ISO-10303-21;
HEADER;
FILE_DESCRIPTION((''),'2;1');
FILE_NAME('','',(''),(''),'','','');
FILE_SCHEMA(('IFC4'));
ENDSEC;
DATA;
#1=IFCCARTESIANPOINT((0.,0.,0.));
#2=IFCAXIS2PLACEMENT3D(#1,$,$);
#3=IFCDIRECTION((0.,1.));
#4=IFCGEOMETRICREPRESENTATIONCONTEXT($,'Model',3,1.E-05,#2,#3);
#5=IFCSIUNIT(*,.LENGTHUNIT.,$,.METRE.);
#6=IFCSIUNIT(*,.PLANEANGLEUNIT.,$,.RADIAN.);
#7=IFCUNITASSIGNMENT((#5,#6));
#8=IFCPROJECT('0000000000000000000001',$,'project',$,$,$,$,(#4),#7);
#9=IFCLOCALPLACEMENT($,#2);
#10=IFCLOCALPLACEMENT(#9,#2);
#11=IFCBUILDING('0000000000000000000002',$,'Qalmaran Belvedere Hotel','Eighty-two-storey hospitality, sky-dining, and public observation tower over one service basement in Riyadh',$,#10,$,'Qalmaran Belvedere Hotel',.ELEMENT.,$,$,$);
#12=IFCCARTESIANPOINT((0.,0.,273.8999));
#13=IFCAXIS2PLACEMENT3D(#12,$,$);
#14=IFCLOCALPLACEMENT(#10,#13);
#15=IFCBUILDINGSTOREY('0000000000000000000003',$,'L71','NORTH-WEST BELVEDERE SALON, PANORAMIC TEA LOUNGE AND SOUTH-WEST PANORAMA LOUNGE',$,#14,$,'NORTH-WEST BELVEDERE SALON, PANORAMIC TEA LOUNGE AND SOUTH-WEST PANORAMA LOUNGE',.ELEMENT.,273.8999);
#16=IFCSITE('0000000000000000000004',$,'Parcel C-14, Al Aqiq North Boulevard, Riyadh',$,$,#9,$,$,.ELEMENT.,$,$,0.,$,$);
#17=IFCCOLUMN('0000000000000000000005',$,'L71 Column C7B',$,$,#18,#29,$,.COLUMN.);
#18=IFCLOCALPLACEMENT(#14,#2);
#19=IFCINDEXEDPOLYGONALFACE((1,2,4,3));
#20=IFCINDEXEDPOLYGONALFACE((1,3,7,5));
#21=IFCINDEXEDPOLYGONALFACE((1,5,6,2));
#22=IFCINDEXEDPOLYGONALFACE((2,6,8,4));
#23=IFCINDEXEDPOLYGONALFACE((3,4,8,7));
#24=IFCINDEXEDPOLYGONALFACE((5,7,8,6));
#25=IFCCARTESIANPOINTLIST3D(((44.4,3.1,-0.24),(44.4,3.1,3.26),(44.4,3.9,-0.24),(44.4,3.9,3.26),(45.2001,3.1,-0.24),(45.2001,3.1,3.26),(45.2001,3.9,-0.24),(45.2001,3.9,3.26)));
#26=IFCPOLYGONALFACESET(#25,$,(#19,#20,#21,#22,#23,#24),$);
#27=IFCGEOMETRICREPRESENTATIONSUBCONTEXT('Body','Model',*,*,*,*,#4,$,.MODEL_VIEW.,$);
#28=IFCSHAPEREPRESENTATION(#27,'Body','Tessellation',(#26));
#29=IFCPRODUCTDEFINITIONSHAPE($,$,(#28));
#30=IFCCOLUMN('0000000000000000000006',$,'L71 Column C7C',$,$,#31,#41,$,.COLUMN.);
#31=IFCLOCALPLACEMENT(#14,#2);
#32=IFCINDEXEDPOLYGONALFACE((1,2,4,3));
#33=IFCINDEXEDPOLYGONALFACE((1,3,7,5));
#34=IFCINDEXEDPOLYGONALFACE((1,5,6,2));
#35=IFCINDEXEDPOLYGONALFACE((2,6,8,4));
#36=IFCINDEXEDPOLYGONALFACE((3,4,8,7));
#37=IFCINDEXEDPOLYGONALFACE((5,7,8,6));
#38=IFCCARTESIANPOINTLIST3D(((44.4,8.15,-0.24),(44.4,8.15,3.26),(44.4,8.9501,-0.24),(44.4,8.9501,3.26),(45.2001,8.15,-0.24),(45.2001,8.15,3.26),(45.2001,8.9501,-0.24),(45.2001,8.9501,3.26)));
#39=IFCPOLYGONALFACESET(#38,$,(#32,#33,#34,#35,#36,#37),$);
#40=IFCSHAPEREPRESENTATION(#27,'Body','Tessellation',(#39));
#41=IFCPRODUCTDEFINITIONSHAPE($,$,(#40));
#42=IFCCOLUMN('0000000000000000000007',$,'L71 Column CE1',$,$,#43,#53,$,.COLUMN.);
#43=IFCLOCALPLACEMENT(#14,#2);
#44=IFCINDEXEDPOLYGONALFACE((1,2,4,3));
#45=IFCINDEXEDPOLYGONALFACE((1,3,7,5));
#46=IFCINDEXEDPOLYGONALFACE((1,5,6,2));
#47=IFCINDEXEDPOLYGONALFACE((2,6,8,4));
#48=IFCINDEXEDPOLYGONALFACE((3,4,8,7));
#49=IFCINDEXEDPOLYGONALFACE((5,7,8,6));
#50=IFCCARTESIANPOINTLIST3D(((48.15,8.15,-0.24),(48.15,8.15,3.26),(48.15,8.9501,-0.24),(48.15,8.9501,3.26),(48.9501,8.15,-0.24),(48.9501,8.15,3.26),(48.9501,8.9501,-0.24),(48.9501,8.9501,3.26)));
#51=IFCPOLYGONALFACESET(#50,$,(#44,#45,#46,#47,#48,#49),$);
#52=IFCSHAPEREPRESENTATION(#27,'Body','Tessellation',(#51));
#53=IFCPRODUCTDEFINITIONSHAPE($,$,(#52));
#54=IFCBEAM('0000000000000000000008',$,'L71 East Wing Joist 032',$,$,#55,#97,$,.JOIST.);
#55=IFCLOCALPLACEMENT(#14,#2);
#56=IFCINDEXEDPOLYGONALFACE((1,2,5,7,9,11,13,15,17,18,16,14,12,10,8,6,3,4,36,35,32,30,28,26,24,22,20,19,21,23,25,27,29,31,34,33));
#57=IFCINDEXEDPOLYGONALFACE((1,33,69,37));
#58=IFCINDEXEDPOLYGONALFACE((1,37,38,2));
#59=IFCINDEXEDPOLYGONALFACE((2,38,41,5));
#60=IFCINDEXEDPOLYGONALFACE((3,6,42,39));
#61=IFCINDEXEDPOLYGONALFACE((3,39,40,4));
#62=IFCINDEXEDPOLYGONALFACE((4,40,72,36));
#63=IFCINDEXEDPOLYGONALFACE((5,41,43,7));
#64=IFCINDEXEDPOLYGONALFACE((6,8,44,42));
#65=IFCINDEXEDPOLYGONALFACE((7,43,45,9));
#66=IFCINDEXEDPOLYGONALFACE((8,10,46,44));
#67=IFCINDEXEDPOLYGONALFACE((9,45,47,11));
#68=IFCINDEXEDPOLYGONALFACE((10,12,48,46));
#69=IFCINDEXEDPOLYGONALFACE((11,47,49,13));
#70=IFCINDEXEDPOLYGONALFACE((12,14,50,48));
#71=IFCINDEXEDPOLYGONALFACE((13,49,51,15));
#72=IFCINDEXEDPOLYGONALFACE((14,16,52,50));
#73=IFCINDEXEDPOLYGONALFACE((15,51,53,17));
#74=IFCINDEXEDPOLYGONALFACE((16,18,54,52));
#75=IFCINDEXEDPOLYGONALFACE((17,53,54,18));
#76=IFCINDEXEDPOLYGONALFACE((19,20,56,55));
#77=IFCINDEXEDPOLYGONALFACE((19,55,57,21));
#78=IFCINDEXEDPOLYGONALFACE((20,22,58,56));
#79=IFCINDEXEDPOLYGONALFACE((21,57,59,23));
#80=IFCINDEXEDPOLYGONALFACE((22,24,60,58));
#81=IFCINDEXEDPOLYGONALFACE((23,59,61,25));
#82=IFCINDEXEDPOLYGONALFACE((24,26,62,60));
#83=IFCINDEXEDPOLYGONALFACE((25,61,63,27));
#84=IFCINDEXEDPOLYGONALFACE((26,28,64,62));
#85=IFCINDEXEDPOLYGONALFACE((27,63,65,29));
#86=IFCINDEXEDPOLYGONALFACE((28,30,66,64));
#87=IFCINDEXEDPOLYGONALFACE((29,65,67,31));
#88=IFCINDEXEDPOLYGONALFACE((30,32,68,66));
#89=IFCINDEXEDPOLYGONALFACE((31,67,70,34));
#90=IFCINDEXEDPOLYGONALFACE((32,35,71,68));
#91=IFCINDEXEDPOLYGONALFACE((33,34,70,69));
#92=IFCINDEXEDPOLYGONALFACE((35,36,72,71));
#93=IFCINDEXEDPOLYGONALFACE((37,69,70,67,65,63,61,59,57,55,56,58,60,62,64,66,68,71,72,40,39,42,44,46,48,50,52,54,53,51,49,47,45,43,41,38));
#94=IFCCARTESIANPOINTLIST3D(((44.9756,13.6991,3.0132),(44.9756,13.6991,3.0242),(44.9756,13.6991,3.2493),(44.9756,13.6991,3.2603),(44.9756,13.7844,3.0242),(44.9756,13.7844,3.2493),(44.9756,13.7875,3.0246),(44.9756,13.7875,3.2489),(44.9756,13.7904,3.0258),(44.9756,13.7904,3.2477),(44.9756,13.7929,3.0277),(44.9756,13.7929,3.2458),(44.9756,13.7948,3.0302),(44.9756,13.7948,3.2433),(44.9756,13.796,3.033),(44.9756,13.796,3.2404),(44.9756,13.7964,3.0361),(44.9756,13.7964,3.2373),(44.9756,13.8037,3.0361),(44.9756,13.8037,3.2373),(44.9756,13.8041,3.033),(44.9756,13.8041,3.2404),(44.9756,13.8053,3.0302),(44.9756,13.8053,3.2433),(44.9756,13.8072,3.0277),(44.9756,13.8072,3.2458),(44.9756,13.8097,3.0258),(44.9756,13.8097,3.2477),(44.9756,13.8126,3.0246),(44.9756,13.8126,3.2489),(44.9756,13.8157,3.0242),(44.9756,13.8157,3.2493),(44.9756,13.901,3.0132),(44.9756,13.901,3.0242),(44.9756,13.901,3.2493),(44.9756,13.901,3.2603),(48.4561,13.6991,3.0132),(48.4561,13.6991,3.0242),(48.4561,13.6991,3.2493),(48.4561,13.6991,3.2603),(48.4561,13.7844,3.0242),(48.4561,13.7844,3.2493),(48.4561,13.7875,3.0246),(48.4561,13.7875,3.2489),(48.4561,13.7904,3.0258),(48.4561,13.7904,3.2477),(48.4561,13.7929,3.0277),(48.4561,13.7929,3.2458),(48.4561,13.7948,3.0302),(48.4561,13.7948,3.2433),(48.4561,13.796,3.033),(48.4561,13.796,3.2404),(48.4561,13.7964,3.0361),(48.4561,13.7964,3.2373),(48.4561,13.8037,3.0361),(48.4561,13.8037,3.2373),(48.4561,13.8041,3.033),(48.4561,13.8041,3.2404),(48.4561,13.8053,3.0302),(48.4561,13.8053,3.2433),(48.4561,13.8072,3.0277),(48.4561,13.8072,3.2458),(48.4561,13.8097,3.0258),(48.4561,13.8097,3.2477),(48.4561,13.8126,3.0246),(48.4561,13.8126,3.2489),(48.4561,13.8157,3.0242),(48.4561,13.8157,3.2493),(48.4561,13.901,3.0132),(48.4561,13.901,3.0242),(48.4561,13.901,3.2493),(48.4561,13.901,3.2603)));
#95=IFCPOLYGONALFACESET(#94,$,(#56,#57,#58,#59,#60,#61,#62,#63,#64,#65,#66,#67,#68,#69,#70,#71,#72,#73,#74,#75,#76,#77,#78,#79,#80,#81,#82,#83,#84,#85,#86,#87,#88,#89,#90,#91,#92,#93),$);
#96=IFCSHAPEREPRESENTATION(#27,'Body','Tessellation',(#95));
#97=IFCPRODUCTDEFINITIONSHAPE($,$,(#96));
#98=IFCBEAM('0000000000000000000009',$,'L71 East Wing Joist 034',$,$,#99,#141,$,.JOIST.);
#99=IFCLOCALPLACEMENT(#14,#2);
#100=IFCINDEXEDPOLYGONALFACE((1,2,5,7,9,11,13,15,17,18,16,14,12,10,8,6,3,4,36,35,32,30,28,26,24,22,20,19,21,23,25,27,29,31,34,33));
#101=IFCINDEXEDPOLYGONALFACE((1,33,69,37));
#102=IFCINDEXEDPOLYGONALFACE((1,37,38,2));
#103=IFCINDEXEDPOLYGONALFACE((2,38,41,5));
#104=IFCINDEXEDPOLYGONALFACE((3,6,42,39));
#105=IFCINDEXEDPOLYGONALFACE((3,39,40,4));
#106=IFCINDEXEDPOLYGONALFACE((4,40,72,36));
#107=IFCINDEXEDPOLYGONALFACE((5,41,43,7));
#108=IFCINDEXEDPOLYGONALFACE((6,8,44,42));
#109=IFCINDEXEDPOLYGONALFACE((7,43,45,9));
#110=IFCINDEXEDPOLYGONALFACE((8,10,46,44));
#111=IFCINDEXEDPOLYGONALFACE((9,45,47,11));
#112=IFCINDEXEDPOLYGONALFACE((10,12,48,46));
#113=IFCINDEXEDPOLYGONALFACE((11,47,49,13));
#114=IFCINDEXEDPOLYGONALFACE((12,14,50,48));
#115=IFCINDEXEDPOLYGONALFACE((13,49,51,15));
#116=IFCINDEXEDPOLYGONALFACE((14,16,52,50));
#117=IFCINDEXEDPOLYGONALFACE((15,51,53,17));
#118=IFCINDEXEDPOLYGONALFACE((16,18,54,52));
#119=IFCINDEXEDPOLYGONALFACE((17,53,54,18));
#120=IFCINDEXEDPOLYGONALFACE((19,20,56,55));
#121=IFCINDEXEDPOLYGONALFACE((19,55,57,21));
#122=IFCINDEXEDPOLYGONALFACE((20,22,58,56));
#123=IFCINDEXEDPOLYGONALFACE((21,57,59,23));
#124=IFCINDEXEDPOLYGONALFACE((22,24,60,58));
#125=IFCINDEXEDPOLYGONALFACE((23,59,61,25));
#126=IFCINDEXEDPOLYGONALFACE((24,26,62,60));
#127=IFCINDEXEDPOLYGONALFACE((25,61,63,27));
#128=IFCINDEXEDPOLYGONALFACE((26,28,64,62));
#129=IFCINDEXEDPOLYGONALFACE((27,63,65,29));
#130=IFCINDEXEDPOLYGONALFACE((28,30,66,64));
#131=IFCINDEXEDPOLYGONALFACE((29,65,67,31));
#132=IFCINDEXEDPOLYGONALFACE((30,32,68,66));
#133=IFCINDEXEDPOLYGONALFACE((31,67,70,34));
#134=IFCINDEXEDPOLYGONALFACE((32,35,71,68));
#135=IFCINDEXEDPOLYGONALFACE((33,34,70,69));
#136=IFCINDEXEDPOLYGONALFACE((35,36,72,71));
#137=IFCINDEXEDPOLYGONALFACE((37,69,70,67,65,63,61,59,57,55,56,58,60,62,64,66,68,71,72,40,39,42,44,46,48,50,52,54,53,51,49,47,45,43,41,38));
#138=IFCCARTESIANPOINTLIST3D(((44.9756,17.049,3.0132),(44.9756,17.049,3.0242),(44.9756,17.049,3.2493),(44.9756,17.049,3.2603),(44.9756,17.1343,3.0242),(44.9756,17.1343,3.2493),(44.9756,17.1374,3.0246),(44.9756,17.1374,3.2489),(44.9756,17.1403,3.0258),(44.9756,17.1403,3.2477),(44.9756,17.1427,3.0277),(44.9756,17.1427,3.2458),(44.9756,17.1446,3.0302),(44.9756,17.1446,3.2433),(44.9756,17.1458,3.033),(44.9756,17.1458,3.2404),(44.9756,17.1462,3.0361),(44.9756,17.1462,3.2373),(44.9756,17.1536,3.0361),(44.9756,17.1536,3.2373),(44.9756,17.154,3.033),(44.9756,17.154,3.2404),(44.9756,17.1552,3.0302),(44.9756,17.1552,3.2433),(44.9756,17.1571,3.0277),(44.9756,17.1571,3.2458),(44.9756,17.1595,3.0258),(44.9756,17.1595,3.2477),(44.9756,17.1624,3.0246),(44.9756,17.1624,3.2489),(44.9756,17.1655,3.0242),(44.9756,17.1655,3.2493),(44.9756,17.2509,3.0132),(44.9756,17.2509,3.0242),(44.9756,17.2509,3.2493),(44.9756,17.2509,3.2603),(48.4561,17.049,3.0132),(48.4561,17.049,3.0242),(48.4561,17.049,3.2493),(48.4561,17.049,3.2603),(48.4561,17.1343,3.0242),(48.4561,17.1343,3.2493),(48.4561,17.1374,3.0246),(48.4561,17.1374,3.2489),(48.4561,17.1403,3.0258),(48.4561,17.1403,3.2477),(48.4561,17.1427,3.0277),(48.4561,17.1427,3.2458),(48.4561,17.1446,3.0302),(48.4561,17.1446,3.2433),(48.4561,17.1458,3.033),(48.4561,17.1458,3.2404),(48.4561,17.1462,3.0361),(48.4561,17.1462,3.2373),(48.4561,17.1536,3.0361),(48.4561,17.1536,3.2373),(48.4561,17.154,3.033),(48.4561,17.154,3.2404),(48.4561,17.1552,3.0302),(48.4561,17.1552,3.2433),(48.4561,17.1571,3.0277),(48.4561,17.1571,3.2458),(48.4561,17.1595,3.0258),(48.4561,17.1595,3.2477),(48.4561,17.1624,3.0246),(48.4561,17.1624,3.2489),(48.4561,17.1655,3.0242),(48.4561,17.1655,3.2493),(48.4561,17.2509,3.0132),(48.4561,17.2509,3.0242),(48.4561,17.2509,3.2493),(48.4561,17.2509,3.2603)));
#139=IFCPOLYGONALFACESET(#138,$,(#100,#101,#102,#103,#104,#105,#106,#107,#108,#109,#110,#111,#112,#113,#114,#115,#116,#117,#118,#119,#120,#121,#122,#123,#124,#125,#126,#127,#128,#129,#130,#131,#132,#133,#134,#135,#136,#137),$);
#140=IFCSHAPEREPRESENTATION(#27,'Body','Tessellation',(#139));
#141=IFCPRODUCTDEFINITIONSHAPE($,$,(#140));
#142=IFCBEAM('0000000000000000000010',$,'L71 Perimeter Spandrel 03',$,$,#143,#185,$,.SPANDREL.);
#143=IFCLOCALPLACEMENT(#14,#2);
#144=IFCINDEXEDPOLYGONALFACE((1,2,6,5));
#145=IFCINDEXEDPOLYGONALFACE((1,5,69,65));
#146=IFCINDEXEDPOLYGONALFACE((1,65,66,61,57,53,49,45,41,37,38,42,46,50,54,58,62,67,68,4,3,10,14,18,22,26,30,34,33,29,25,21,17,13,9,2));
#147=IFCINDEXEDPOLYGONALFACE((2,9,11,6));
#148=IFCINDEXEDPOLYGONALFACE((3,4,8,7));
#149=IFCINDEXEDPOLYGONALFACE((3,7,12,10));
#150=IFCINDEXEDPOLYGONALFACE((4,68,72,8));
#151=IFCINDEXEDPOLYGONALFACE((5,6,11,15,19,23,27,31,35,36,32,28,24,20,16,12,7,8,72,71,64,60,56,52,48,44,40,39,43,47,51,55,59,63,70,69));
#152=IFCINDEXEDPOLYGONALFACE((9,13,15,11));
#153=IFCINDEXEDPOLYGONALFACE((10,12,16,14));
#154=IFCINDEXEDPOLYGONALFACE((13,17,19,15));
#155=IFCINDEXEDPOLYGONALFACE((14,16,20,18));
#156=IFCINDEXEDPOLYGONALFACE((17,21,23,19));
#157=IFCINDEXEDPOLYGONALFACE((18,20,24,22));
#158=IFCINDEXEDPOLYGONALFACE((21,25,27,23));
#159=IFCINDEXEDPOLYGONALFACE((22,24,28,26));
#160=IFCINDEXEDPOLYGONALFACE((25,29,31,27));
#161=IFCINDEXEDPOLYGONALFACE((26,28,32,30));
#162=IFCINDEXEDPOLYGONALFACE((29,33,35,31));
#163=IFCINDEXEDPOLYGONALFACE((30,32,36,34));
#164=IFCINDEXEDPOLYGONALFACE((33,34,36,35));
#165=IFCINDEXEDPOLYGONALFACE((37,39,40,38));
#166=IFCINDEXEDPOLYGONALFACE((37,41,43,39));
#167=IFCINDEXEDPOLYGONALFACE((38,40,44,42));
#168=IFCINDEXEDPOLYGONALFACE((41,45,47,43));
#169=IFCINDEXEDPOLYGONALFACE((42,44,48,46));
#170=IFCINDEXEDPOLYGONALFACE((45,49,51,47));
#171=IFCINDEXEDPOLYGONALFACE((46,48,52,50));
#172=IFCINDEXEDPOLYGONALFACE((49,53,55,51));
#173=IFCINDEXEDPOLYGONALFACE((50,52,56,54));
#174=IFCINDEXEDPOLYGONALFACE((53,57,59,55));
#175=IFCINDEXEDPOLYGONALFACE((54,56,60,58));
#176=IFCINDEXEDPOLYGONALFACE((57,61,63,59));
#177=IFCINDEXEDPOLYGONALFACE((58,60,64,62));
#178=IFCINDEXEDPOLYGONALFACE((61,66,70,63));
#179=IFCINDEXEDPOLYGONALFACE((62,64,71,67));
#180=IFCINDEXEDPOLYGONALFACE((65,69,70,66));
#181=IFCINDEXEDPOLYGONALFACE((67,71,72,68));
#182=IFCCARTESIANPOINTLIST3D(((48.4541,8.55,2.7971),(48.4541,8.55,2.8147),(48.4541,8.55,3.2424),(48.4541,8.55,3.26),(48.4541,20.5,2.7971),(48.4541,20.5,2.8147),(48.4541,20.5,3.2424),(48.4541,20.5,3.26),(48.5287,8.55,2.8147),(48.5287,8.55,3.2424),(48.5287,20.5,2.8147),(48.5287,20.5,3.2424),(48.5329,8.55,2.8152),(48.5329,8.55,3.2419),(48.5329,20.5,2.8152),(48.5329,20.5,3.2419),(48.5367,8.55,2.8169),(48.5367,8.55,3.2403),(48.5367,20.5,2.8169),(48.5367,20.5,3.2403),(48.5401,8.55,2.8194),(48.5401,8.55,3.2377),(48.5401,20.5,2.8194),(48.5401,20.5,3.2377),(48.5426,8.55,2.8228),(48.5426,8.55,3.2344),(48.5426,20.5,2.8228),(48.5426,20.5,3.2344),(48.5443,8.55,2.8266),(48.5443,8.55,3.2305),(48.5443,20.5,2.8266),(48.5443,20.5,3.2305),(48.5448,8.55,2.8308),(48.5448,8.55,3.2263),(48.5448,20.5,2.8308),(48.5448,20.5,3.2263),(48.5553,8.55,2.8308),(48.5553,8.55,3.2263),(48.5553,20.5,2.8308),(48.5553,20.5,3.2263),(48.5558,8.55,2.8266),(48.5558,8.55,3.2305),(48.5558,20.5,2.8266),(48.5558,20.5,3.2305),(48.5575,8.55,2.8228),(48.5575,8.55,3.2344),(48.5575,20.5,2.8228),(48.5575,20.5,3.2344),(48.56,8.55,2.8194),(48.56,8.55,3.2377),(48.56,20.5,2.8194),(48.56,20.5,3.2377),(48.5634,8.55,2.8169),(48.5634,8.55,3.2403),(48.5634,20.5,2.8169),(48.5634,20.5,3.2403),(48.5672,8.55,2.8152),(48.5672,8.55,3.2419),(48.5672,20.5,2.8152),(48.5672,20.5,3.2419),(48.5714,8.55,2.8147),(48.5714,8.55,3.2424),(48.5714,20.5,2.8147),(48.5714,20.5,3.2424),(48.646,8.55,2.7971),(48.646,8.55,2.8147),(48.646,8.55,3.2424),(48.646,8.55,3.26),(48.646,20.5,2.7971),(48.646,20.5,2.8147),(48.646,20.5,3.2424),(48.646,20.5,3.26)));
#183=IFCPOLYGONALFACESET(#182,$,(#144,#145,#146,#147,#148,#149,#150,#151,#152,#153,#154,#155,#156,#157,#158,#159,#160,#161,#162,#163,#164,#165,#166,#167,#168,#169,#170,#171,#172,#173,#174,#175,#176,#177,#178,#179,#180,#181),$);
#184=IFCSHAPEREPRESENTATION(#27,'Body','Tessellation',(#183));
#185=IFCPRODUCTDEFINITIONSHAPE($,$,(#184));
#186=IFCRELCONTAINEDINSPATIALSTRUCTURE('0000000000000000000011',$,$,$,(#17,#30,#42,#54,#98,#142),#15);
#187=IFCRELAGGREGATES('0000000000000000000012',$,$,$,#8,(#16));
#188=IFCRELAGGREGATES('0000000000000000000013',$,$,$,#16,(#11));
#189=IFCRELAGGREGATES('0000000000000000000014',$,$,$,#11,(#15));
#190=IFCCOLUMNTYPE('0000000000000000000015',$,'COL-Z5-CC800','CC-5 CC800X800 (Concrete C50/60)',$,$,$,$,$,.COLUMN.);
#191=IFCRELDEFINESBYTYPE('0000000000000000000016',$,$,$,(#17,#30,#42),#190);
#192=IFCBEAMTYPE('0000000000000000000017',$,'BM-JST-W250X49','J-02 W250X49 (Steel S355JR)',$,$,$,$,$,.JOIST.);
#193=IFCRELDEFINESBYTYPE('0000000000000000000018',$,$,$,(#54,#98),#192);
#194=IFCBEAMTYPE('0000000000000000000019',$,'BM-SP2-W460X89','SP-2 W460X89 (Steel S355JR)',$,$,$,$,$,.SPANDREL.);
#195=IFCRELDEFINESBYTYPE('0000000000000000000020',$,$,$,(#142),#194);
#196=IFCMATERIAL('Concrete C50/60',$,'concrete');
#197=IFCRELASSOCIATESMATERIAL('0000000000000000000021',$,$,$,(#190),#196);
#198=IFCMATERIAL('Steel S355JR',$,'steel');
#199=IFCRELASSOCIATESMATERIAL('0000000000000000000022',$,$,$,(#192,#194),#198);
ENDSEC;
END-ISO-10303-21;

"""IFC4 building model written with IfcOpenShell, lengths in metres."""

from ifc_helpers import new_model, si_unit, direction, frame, origin, origin_2d, place, context, subcontext, project, spatial, rectangle, i_section, extrude, material, material_profile, profile_set, type_object, element, save


model = new_model("IFC4")

# Units and contexts
model_context = context("Model", 3, precision=1e-05, world=origin(), true_north=direction((0.0, 1.0)))
body_context = subcontext(model_context, "Body", "Model", "MODEL_VIEW")
ifc_project = project(units=[si_unit("LENGTHUNIT", "METRE"), si_unit("PLANEANGLEUNIT", "RADIAN")], contexts=[model_context])

# Site, building, storey
site_placement = place(None, origin())
site = spatial("IfcSite", under=ifc_project, at=site_placement, Name="Parcel C-14, Al Aqiq North Boulevard, Riyadh", CompositionType="ELEMENT", RefElevation=0.0)
building_placement = place(site_placement, origin())
building = spatial("IfcBuilding", under=site, at=building_placement, Name="Qalmaran Belvedere Hotel", Description="Eighty-two-storey hospitality, sky-dining, and public observation tower over one service basement in Riyadh", LongName="Qalmaran Belvedere Hotel", CompositionType="ELEMENT")
storey_placement = place(building_placement, frame((0.0, 0.0, 273.8999)))
storey = spatial("IfcBuildingStorey", under=building, at=storey_placement, Name="L71", Description="NORTH-WEST BELVEDERE SALON, PANORAMIC TEA LOUNGE AND SOUTH-WEST PANORAMA LOUNGE", LongName="NORTH-WEST BELVEDERE SALON, PANORAMIC TEA LOUNGE AND SOUTH-WEST PANORAMA LOUNGE", CompositionType="ELEMENT", Elevation=273.8999)

# Columns
ifc_material_1 = material(Name="Concrete C50/60", Category="concrete")
ifc_material_profile_1 = material_profile(ifc_material_1, rectangle(XDim=0.8, YDim=0.8, at=origin_2d()), Name="CC800X800")
ifc_profile_set_1 = profile_set([ifc_material_profile_1], Name="Concrete C50/60")
column_type = type_object("IfcColumnType", Name="COL-Z5-CC800", Description="CC-5 CC800X800 (Concrete C50/60)", PredefinedType="COLUMN", material=ifc_profile_set_1)
for number, where, z_axis, x_axis, name in (
    (1, (44.8, 3.5, -0.24), (0.0, 0.0, 1.0), (1.0, 0.0, 0.0), "L71 Column C7B"),
    (2, (44.8, 8.55, -0.24), (0.0, 0.0, 1.0), (1.0, 0.0, 0.0), "L71 Column C7C"),
    (3, (48.55, 8.55, -0.24), (0.0, 0.0, 1.0), (1.0, 0.0, 0.0), "L71 Column CE1"),
):
    element("IfcColumn", number, at=place(storey_placement, frame(where, z_axis=z_axis, x_axis=x_axis)), inside=storey, type_object=column_type, Name=name, PredefinedType="COLUMN", context=body_context, shape_type="SweptSolid", body=[
        extrude(rectangle(XDim=0.8, YDim=0.8, at=origin_2d()), origin(), (0.0, 0.0, 1.0), 3.5),
    ])

# Beams
ifc_material_2 = material(Name="Steel S355JR", Category="steel")
ifc_material_profile_2 = material_profile(ifc_material_2, i_section(OverallWidth=0.2019, OverallDepth=0.2471, WebThickness=0.0073, FlangeThickness=0.011, FilletRadius=0.012, at=origin_2d()), Name="W250X49")
ifc_profile_set_2 = profile_set([ifc_material_profile_2], Name="Steel S355JR")
beam_type_1 = type_object("IfcBeamType", Name="BM-JST-W250X49", Description="J-02 W250X49 (Steel S355JR)", PredefinedType="JOIST", material=ifc_profile_set_2)
for number, where, z_axis, x_axis, name in (
    (4, (44.9756, 13.8, 3.1367), (1.0, 0.0, 0.0), (0.0, 1.0, 0.0), "L71 East Wing Joist 032"),
    (5, (44.9756, 17.1499, 3.1367), (1.0, 0.0, 0.0), (0.0, 1.0, 0.0), "L71 East Wing Joist 034"),
):
    element("IfcBeam", number, at=place(storey_placement, frame(where, z_axis=z_axis, x_axis=x_axis)), inside=storey, type_object=beam_type_1, Name=name, PredefinedType="JOIST", context=body_context, shape_type="SweptSolid", body=[
        extrude(i_section(OverallWidth=0.2019, OverallDepth=0.2471, WebThickness=0.0073, FlangeThickness=0.011, FilletRadius=0.012, at=origin_2d()), origin(), (0.0, 0.0, 1.0), 3.4805),
    ])
ifc_material_profile_3 = material_profile(ifc_material_2, i_section(OverallWidth=0.1919, OverallDepth=0.4629, WebThickness=0.0105, FlangeThickness=0.0176, FilletRadius=0.0161, at=origin_2d()), Name="W460X89")
ifc_profile_set_3 = profile_set([ifc_material_profile_3], Name="Steel S355JR")
beam_type_2 = type_object("IfcBeamType", Name="BM-SP2-W460X89", Description="SP-2 W460X89 (Steel S355JR)", PredefinedType="SPANDREL", material=ifc_profile_set_3)
beam_1_placement = place(storey_placement, frame((48.55, 8.55, 3.0286), z_axis=(0.0, 1.0, 0.0), x_axis=(-1.0, 0.0, 0.0)))
element("IfcBeam", 6, at=beam_1_placement, inside=storey, type_object=beam_type_2, Name="L71 Perimeter Spandrel 03", PredefinedType="SPANDREL", context=body_context, shape_type="SweptSolid", body=[
    extrude(i_section(OverallWidth=0.1919, OverallDepth=0.4629, WebThickness=0.0105, FlangeThickness=0.0176, FilletRadius=0.0161, at=origin_2d()), origin(), (0.0, 0.0, 1.0), 11.95),
])

save(model, "model.ifc")
